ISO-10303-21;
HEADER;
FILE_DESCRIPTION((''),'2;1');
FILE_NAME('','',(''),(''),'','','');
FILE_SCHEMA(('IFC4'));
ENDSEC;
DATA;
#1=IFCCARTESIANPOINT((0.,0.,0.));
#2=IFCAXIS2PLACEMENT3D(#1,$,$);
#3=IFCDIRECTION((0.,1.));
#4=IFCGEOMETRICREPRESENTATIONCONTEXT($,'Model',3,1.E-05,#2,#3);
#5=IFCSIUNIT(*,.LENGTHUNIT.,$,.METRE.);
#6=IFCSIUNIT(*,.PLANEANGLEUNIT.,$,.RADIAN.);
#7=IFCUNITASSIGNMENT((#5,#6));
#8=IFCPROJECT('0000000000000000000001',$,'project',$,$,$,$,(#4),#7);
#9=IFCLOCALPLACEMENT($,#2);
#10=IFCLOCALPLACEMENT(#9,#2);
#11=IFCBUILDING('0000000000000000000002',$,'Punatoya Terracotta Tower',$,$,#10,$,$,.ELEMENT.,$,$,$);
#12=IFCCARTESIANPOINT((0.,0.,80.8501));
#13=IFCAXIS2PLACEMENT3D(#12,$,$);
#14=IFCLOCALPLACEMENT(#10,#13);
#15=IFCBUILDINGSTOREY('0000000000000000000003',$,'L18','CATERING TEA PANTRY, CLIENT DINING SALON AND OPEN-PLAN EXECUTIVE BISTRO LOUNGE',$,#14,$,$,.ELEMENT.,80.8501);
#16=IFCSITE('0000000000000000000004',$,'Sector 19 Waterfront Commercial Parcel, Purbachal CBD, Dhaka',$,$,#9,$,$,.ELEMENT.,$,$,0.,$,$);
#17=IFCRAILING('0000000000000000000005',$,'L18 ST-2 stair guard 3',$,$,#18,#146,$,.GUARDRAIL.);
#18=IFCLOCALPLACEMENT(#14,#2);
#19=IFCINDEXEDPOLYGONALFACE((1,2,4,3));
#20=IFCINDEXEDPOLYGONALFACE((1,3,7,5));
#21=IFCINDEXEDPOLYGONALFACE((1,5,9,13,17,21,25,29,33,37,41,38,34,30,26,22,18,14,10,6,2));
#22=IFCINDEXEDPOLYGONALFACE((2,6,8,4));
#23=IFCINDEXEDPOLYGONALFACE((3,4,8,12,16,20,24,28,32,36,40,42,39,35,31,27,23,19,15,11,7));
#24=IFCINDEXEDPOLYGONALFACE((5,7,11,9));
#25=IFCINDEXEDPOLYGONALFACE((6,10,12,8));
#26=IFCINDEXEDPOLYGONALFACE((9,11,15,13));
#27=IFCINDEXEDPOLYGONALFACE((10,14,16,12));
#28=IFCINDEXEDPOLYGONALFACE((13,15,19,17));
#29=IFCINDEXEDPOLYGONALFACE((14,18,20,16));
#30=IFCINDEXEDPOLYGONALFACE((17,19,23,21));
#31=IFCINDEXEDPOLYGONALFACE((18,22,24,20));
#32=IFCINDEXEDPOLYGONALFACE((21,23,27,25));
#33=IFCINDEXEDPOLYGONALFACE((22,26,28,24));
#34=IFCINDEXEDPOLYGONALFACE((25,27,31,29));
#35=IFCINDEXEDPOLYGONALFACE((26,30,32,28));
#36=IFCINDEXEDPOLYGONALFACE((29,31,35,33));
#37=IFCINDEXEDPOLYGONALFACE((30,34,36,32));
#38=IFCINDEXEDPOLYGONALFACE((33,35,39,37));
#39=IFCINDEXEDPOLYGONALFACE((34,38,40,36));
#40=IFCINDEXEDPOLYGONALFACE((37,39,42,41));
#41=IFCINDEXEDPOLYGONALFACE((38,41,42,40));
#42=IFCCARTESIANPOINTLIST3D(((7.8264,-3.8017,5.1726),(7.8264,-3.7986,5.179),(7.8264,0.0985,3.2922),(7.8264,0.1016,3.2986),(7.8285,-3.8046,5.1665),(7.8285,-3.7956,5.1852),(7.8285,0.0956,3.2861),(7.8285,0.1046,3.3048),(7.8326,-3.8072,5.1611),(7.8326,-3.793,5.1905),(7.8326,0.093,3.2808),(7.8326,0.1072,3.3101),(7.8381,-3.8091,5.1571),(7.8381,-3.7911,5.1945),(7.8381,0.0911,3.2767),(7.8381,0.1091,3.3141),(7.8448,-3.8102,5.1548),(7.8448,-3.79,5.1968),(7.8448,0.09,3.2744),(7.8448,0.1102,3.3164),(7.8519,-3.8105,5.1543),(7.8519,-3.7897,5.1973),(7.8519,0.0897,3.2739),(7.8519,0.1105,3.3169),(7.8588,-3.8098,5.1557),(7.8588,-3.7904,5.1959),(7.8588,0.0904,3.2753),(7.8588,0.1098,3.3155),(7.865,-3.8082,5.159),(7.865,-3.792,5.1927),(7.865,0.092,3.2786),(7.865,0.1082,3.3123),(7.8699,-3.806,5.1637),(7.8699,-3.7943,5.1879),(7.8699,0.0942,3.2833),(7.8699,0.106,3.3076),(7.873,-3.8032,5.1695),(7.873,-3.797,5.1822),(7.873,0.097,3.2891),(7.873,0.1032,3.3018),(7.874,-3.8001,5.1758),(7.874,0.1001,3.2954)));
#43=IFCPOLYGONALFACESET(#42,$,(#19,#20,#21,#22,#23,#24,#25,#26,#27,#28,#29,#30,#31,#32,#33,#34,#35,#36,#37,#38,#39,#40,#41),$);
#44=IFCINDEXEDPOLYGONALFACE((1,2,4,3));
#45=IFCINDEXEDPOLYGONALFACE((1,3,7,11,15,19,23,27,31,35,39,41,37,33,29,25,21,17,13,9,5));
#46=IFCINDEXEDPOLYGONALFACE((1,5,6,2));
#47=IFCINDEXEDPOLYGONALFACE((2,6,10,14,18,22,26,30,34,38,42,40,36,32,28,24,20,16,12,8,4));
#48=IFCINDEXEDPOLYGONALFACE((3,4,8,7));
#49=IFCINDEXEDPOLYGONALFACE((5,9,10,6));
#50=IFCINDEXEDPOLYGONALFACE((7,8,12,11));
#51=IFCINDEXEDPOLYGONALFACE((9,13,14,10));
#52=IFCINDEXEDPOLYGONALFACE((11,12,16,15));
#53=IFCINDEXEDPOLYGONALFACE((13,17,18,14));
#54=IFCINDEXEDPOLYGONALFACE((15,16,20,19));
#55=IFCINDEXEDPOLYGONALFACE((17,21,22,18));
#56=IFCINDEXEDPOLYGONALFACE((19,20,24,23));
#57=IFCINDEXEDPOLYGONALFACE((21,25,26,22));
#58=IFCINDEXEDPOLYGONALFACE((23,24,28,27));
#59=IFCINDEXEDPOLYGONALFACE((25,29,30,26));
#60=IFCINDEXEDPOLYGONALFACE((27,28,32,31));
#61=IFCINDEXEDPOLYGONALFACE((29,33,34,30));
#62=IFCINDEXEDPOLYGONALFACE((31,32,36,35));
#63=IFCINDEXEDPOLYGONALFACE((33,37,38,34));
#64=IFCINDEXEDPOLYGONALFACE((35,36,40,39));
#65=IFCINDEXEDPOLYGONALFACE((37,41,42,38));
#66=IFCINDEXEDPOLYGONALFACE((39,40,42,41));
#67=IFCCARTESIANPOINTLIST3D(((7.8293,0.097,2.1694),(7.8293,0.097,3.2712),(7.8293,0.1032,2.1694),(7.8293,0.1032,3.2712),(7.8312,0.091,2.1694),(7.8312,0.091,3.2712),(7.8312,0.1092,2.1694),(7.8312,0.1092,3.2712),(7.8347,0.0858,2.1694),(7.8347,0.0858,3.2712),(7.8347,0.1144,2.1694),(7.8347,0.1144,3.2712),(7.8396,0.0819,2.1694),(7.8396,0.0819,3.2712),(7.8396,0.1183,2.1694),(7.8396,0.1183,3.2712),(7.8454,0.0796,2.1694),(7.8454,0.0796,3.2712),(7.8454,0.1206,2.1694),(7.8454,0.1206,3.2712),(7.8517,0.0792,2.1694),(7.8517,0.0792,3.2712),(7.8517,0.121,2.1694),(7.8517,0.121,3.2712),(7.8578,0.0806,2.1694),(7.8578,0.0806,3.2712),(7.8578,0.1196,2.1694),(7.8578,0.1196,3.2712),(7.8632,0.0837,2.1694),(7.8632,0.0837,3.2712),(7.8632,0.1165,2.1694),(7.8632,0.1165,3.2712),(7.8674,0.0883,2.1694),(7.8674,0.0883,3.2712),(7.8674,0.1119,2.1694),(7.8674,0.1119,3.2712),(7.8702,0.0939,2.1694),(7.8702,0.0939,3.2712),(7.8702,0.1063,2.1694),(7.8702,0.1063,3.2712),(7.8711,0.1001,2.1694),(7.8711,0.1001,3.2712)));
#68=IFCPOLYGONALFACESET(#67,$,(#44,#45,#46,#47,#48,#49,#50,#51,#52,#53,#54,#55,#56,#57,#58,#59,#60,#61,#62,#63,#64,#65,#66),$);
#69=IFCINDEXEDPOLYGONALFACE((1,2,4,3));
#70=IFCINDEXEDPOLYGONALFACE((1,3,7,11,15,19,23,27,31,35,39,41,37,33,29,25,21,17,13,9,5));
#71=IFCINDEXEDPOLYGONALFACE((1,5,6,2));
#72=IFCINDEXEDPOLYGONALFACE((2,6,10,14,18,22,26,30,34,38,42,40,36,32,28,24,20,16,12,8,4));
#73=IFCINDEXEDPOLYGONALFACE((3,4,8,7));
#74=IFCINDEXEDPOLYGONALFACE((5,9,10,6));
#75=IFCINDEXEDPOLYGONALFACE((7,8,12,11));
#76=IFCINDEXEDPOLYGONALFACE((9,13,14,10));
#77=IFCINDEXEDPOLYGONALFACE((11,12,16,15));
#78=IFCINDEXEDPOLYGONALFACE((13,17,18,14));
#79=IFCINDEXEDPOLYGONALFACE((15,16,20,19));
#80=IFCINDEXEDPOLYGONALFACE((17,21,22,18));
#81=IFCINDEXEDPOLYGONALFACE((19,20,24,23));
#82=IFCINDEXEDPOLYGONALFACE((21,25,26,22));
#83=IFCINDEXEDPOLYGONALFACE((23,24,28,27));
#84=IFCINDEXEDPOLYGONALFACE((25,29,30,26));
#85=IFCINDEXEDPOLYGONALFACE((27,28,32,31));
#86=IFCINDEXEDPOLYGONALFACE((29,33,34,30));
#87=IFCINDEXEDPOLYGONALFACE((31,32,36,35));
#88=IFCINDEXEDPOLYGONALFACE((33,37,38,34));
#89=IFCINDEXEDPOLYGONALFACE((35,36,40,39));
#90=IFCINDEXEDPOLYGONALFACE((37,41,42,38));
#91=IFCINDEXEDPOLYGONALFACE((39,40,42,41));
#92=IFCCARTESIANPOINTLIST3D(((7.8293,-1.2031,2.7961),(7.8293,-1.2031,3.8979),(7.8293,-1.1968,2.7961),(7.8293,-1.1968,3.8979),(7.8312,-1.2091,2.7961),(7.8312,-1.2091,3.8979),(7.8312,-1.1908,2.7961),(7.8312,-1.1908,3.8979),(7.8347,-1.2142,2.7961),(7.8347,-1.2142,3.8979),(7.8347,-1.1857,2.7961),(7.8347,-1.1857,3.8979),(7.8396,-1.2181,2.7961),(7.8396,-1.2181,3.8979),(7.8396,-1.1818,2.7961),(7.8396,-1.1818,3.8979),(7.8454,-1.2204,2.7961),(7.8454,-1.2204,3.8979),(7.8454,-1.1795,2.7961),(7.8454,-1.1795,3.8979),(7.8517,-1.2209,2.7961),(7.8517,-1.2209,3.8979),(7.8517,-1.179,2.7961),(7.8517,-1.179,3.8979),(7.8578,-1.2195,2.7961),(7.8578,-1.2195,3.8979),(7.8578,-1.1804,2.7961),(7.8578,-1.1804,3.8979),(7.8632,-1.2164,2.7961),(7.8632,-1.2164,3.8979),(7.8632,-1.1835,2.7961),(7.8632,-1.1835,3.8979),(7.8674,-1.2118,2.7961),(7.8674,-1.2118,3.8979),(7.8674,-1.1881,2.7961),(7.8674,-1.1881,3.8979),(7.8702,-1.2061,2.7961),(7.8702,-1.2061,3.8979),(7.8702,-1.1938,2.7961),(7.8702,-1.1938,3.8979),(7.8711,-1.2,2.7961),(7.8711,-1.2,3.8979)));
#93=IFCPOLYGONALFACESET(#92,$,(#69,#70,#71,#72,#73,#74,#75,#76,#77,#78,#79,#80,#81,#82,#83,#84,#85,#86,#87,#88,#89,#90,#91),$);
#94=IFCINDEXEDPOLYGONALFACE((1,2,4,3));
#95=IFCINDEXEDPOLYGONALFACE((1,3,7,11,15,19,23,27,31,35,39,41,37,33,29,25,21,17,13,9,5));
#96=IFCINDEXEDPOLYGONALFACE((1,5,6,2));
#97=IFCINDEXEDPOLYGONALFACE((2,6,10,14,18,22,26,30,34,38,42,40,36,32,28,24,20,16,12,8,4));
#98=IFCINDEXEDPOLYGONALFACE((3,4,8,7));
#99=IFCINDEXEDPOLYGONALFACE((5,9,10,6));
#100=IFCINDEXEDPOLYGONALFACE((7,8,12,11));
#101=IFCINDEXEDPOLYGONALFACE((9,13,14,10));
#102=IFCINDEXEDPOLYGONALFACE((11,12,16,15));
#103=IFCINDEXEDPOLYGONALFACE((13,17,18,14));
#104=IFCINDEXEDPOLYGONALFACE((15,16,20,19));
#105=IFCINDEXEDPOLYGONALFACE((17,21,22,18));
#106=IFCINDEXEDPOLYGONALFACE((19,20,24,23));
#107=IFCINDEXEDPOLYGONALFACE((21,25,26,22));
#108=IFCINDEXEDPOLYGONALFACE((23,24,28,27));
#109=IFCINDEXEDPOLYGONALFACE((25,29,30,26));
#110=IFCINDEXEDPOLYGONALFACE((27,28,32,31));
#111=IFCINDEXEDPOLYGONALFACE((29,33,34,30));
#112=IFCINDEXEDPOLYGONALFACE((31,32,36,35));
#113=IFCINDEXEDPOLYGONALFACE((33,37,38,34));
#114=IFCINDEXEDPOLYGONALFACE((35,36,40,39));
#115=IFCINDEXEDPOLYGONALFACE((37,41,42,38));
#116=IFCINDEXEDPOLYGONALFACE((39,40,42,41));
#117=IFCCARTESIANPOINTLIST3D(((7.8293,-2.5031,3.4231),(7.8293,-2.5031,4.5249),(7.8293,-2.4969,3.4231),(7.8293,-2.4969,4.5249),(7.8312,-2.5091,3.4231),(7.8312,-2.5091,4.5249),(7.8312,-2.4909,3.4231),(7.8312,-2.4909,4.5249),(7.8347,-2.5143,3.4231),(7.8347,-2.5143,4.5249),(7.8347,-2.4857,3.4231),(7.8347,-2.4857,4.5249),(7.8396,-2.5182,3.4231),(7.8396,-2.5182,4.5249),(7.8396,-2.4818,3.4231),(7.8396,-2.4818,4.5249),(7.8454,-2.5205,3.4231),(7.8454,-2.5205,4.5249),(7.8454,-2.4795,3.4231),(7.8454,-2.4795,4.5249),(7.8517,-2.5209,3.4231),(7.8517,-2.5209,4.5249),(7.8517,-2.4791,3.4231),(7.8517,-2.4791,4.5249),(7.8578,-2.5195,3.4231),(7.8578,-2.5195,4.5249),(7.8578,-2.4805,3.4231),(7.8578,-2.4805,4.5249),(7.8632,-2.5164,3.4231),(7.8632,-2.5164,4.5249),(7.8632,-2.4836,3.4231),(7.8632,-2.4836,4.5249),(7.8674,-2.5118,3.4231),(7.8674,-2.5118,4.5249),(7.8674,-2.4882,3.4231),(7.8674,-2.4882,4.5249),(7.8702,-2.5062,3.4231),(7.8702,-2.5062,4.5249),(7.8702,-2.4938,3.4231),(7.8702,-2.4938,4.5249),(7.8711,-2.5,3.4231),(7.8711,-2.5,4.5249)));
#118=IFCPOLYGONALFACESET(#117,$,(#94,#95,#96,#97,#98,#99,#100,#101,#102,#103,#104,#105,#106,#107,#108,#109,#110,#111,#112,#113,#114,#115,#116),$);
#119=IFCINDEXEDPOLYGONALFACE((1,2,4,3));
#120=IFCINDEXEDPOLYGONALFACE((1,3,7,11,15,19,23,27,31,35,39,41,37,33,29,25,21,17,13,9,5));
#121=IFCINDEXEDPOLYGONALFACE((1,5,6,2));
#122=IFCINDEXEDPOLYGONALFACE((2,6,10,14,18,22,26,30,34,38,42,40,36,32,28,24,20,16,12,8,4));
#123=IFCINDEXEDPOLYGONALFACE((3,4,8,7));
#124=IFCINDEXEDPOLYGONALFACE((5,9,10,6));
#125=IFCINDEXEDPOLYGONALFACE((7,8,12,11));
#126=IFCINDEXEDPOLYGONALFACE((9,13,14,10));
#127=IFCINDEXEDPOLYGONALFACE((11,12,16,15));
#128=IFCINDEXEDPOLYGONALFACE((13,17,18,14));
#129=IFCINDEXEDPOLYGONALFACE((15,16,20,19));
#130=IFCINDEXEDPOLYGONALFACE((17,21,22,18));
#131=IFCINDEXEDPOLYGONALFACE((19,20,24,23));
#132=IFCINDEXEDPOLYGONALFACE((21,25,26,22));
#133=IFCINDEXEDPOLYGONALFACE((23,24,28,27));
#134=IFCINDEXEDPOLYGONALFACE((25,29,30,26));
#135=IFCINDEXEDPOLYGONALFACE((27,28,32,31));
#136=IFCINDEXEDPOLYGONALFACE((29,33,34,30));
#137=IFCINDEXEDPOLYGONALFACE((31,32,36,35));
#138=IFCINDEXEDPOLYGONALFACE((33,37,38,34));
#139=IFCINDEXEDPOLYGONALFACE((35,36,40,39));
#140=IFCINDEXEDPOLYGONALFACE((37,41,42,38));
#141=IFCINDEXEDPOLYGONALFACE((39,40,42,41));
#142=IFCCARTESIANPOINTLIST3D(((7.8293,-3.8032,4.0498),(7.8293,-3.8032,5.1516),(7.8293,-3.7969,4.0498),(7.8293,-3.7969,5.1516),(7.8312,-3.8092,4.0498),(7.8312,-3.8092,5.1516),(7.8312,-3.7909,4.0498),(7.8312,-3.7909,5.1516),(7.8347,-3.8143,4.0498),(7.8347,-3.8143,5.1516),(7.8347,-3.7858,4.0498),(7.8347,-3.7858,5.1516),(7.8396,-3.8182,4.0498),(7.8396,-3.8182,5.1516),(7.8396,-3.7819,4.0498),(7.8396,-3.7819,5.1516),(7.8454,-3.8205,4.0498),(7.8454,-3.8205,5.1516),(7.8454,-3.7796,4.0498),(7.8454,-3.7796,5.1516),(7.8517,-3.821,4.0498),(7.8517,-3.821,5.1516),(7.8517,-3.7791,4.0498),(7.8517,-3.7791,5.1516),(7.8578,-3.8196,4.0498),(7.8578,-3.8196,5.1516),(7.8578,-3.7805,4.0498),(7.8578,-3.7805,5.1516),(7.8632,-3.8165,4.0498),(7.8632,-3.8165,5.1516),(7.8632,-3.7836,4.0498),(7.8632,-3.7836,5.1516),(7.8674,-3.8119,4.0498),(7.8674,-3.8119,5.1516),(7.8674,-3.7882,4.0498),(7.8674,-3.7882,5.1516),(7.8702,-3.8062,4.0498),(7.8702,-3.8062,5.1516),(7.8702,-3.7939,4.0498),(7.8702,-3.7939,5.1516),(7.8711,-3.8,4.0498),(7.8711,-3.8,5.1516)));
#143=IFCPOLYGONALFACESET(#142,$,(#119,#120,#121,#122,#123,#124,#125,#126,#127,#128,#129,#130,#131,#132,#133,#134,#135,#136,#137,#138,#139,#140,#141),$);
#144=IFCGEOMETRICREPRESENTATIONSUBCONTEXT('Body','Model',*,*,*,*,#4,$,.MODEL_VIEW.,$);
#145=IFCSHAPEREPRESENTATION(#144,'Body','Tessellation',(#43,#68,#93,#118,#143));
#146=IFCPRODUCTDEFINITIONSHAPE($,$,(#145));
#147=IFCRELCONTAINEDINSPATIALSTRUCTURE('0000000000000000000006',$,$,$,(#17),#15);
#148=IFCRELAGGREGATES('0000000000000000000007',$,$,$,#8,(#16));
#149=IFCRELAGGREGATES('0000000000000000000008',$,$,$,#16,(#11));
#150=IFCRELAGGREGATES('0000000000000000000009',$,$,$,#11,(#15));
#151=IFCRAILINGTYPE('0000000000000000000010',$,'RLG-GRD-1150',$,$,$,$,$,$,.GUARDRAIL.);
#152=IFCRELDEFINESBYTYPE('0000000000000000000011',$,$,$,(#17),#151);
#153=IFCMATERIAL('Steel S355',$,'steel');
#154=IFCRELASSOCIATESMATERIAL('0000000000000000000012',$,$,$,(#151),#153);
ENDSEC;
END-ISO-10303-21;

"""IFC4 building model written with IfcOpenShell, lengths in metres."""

from ifc_helpers import new_model, si_unit, direction, frame, origin, origin_2d, place, context, subcontext, project, spatial, circle, extrude, material, type_object, element, save


model = new_model("IFC4")

# Units and contexts
model_context = context("Model", 3, precision=1e-05, world=origin(), true_north=direction((0.0, 1.0)))
body_context = subcontext(model_context, "Body", "Model", "MODEL_VIEW")
ifc_project = project(units=[si_unit("LENGTHUNIT", "METRE"), si_unit("PLANEANGLEUNIT", "RADIAN")], contexts=[model_context])

# Site, building, storey
site_placement = place(None, origin())
site = spatial("IfcSite", under=ifc_project, at=site_placement, Name="Sector 19 Waterfront Commercial Parcel, Purbachal CBD, Dhaka", CompositionType="ELEMENT", RefElevation=0.0)
building_placement = place(site_placement, origin())
building = spatial("IfcBuilding", under=site, at=building_placement, Name="Punatoya Terracotta Tower", CompositionType="ELEMENT")
storey_placement = place(building_placement, frame((0.0, 0.0, 80.8501)))
storey = spatial("IfcBuildingStorey", under=building, at=storey_placement, Name="L18", Description="CATERING TEA PANTRY, CLIENT DINING SALON AND OPEN-PLAN EXECUTIVE BISTRO LOUNGE", CompositionType="ELEMENT", Elevation=80.8501)

# Shared definitions
ifc_material_1 = material(Name="Steel S355", Category="steel")

# Railing
railing_type_1 = type_object("IfcRailingType", Name="RLG-GRD-1150", PredefinedType="GUARDRAIL", material=ifc_material_1)
railing_1_placement = place(storey_placement, frame((7.8501, 0.1001, 2.1694)))
element("IfcRailing", 1, at=railing_1_placement, inside=storey, type_object=railing_type_1, Name="L18 ST-2 stair guard 3", PredefinedType="GUARDRAIL", context=body_context, shape_type="SweptSolid", body=[
    extrude(circle(Radius=0.0239, at=origin_2d()), frame((0.0, 0.0, 1.126), z_axis=(0.0, -0.900774, 0.434289), x_axis=(1.0, 0.0, 0.0)), (0.0, 0.0, 1.0), 4.3298),
    extrude(circle(Radius=0.021, at=origin_2d()), origin(), (0.0, 0.0, 1.0), 1.1018),
    extrude(circle(Radius=0.021, at=origin_2d()), frame((0.0, -1.3, 0.6267)), (0.0, 0.0, 1.0), 1.1018),
    extrude(circle(Radius=0.021, at=origin_2d()), frame((0.0, -2.6001, 1.2537)), (0.0, 0.0, 1.0), 1.1018),
    extrude(circle(Radius=0.021, at=origin_2d()), frame((0.0, -3.9001, 1.8804)), (0.0, 0.0, 1.0), 1.1018),
])

save(model, "model.ifc")
